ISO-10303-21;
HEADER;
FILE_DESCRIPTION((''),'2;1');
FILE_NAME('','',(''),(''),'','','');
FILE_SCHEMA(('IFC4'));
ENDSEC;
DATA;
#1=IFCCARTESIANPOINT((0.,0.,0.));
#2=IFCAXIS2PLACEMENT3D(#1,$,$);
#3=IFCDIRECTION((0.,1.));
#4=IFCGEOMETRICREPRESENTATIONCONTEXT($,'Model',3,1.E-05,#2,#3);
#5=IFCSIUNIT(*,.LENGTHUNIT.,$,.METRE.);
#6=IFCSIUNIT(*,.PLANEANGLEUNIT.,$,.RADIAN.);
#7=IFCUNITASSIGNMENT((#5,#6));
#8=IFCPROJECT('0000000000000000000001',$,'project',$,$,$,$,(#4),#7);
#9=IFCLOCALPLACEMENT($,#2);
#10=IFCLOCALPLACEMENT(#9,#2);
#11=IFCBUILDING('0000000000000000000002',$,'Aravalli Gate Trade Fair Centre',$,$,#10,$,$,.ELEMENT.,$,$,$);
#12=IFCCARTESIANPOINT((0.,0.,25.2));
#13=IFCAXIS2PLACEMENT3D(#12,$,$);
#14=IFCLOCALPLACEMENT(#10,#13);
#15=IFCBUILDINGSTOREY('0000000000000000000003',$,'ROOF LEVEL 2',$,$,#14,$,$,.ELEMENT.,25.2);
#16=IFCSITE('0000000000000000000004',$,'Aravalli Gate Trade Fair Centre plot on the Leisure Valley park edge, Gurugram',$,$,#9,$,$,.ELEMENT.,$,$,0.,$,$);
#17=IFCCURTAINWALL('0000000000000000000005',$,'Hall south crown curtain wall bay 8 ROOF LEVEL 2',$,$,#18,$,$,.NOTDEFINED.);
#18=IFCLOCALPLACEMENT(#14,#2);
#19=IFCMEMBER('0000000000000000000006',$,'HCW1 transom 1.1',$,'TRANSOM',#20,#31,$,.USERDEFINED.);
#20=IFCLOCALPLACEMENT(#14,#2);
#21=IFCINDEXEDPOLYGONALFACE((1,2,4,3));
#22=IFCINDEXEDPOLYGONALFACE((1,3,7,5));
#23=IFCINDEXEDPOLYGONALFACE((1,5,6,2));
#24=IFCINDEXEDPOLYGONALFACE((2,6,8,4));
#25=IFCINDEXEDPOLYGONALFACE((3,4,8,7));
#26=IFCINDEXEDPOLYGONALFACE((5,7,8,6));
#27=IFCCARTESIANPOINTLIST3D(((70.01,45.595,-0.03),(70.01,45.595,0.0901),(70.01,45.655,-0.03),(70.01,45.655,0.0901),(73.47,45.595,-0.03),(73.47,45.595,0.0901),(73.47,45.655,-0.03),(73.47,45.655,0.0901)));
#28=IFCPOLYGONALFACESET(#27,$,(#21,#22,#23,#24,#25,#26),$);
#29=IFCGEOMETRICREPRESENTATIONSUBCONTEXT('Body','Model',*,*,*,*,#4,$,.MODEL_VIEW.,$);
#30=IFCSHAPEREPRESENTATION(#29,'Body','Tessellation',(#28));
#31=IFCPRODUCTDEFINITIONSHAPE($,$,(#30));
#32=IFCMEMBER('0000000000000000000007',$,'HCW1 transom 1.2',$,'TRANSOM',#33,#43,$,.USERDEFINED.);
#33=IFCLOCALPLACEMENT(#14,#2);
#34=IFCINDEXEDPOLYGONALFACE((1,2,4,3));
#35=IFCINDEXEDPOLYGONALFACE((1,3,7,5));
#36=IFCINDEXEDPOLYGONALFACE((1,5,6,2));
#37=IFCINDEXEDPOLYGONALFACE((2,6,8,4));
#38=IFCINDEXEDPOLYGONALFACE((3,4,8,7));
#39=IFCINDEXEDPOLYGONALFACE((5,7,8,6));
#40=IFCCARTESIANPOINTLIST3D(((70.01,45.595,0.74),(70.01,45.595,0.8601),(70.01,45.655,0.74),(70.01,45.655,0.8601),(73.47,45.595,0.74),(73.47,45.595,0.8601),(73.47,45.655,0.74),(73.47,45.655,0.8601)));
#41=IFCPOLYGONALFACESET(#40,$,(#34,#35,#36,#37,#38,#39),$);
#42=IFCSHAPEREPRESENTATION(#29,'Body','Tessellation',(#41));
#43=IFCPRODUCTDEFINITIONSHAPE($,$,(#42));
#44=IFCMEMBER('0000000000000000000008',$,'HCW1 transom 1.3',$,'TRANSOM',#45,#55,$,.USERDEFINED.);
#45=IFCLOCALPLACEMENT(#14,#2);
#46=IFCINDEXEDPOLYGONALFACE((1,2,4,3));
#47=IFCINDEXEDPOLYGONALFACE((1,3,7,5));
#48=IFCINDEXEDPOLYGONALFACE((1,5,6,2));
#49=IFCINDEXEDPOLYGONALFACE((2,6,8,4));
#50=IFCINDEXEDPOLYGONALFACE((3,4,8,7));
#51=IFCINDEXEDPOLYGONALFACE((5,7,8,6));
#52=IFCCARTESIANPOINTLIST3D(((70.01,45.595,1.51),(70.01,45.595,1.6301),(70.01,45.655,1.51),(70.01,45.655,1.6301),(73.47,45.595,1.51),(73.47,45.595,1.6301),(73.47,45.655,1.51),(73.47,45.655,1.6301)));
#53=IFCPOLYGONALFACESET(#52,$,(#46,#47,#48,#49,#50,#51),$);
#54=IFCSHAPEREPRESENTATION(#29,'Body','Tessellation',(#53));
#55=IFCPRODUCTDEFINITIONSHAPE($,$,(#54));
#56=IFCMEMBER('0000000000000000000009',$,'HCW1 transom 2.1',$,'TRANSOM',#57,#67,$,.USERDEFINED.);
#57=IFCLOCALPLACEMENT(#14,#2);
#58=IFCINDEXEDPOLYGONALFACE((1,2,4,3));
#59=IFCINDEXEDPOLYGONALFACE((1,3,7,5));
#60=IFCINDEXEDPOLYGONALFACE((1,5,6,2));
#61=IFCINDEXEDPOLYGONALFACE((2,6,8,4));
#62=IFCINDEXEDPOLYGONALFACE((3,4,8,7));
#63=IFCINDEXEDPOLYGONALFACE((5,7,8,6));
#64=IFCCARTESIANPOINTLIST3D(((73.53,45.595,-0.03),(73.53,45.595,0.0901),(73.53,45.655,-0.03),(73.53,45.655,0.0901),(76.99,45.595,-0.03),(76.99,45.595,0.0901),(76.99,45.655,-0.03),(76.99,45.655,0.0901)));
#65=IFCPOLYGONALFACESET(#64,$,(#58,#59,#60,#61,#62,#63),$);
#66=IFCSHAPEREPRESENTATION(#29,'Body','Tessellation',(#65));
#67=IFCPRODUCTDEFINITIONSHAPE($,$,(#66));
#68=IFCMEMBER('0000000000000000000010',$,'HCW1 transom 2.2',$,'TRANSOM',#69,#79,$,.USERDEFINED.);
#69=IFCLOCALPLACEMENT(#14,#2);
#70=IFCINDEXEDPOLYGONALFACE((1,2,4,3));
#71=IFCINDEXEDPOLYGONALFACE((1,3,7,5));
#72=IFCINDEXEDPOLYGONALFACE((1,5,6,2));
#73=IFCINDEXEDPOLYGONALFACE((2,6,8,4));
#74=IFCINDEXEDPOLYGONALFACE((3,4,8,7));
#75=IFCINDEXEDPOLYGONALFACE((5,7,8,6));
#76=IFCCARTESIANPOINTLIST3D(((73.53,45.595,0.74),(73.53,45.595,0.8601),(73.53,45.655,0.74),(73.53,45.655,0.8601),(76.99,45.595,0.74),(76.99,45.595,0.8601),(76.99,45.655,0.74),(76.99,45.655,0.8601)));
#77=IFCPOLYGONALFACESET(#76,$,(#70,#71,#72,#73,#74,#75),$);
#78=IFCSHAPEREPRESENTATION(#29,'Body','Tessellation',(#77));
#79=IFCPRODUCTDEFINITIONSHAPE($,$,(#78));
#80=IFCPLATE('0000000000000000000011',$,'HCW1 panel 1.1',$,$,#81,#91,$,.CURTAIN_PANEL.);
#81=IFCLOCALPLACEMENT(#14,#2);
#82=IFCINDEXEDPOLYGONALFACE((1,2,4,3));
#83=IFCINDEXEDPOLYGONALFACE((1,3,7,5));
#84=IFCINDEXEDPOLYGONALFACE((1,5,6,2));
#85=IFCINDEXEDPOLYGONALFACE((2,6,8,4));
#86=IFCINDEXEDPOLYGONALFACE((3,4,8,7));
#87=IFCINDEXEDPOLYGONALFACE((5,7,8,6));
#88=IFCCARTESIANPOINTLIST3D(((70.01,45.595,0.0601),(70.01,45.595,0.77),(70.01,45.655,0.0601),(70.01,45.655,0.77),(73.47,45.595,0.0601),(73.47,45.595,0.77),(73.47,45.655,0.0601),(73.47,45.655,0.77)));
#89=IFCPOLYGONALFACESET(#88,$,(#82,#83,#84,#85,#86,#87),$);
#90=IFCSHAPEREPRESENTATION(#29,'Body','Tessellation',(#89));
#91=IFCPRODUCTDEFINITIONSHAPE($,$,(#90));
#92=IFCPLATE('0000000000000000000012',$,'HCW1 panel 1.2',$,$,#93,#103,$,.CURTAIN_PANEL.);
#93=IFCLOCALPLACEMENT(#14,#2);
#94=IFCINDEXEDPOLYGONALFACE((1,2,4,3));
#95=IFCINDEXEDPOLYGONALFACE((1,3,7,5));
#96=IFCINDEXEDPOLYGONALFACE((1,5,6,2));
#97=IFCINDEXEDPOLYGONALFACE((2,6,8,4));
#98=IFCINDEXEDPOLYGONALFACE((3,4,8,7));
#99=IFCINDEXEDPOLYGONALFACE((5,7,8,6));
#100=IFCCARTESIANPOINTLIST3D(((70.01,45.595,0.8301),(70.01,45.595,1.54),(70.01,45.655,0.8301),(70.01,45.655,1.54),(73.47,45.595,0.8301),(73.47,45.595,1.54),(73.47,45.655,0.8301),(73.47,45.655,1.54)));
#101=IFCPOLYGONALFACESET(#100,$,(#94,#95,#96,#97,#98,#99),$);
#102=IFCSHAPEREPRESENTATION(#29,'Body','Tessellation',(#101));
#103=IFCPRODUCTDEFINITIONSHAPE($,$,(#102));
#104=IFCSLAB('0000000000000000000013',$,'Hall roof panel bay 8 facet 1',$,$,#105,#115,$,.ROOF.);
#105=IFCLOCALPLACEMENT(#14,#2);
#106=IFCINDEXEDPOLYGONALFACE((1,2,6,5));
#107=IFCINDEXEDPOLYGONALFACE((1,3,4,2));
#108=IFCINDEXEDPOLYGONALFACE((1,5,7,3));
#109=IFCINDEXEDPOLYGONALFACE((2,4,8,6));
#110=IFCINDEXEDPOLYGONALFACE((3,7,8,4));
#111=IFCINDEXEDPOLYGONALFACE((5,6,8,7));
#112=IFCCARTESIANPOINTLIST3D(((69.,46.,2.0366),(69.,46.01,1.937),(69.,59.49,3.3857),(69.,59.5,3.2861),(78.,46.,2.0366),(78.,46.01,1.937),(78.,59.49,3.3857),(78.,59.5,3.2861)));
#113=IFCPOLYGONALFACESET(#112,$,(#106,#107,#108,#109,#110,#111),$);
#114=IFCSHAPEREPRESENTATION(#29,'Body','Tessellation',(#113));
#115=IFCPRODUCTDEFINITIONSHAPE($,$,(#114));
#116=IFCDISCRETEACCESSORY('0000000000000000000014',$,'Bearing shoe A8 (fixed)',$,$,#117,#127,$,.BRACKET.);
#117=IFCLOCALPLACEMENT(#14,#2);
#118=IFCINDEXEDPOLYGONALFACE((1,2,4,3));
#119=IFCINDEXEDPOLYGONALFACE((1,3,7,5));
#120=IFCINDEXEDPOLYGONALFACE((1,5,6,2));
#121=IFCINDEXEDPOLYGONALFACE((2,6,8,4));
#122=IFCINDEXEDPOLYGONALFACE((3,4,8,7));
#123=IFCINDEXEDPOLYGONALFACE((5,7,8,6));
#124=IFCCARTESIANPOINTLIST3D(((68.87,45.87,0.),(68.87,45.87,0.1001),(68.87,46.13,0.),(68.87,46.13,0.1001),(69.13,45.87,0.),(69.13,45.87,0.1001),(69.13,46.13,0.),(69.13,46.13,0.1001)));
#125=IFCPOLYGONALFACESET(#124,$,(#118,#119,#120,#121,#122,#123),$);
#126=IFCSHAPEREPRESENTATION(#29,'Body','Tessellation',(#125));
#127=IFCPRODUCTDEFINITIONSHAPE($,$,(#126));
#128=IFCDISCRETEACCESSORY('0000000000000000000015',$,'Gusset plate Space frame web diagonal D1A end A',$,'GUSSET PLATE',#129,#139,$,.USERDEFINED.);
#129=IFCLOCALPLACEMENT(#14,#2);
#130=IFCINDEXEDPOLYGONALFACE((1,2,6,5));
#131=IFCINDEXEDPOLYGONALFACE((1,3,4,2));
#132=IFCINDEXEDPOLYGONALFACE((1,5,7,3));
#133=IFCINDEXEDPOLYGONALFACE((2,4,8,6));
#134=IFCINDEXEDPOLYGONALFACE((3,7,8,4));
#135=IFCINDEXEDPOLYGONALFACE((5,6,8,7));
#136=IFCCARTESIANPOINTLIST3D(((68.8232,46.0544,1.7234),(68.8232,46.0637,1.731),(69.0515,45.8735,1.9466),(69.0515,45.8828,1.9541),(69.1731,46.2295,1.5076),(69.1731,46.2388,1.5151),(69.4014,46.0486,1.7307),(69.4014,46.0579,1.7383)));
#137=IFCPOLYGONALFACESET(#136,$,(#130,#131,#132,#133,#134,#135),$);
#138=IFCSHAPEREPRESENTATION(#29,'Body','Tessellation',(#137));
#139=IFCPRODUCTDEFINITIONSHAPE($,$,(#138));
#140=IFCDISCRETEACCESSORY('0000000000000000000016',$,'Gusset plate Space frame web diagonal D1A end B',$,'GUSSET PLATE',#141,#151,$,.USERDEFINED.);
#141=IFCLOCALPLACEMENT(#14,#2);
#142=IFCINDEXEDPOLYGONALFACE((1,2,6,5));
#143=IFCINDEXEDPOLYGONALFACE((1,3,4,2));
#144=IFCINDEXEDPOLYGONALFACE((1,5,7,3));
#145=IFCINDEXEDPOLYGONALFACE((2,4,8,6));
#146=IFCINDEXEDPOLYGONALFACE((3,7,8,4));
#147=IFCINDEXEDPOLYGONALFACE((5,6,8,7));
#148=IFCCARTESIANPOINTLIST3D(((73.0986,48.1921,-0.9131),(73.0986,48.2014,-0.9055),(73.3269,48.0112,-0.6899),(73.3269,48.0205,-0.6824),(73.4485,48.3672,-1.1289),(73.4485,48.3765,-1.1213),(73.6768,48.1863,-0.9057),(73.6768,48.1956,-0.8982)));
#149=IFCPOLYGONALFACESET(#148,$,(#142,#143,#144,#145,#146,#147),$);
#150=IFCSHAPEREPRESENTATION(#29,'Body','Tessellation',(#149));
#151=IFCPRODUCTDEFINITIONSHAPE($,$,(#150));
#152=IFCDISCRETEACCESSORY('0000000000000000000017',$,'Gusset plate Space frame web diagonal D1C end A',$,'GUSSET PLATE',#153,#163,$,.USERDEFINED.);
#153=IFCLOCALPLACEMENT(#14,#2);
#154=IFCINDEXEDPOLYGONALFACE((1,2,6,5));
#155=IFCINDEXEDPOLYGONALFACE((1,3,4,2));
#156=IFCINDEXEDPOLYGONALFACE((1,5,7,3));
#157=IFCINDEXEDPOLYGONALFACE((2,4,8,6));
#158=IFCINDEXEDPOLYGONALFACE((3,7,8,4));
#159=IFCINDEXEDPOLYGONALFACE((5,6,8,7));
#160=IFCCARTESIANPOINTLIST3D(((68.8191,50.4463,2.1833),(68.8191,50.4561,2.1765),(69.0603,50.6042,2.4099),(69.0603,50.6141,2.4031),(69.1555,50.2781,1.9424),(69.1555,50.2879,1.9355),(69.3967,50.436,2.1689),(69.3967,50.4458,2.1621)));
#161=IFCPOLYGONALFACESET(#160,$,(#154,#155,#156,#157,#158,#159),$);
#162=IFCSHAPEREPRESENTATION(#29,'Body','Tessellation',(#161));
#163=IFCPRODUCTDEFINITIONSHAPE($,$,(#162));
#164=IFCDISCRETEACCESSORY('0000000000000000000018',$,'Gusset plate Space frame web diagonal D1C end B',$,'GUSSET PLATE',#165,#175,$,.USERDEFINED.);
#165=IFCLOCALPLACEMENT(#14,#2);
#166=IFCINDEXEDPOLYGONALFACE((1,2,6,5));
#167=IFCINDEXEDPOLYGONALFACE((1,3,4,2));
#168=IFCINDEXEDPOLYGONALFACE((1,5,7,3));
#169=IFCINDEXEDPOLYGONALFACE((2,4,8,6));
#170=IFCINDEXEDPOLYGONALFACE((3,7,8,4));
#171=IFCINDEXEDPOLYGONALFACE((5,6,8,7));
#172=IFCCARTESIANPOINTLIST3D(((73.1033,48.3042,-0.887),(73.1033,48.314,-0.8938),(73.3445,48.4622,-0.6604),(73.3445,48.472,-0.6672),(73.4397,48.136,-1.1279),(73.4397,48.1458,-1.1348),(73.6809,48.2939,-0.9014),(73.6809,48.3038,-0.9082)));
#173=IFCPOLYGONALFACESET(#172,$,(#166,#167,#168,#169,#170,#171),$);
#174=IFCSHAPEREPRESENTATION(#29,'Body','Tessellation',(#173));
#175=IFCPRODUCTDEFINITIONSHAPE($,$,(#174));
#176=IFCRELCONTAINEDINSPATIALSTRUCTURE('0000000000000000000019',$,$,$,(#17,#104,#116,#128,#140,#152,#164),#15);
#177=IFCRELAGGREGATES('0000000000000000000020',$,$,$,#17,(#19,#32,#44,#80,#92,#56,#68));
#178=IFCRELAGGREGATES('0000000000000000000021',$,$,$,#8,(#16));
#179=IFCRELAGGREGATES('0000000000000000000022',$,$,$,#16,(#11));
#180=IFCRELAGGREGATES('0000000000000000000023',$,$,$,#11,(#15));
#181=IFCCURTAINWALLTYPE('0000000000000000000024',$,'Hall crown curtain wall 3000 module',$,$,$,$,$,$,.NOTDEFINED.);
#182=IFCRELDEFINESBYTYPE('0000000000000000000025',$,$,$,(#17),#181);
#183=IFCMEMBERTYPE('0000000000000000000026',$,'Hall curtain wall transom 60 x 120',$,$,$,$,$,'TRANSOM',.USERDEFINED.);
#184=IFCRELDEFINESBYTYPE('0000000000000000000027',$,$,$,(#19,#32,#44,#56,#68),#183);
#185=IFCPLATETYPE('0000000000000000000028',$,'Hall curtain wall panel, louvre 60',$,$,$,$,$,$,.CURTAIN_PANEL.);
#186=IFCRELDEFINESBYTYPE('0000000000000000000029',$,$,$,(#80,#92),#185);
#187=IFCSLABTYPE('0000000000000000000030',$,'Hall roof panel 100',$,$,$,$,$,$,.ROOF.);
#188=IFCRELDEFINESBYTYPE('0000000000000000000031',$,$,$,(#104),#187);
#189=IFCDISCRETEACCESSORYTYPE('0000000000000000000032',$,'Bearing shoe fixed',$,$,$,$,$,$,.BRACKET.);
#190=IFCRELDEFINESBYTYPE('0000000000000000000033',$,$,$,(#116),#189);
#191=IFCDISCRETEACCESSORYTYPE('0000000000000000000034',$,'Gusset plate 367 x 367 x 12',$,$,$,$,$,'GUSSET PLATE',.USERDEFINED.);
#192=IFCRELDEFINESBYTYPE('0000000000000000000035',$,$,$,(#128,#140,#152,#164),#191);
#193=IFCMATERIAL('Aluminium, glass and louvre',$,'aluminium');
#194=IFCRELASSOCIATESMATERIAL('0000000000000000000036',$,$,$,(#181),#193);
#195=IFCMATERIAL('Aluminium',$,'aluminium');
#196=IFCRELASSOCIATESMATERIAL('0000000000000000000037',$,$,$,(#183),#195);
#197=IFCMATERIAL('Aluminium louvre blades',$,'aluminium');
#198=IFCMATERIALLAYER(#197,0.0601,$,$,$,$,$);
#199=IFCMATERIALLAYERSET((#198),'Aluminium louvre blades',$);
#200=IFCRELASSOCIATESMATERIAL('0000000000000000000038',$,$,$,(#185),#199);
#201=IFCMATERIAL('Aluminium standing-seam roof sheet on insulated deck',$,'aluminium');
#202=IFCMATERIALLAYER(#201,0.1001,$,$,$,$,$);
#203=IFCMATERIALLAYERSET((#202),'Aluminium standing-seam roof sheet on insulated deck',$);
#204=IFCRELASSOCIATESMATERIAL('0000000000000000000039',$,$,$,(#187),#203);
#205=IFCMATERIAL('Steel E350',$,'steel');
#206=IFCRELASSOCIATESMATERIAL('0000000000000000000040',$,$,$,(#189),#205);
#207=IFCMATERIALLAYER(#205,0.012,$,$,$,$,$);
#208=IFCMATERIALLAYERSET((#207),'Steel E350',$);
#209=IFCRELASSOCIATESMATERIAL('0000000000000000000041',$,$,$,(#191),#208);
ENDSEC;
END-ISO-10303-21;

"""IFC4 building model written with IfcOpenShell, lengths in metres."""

from ifc_helpers import new_model, si_unit, direction, frame, origin, origin_2d, place, context, subcontext, project, spatial, polyline, rectangle, outline, extrude, material, layer, layer_set, material_profile, profile_set, type_object, element, aggregate, save


model = new_model("IFC4")

# Units and contexts
model_context = context("Model", 3, precision=1e-05, world=origin(), true_north=direction((0.0, 1.0)))
body_context = subcontext(model_context, "Body", "Model", "MODEL_VIEW")
ifc_project = project(units=[si_unit("LENGTHUNIT", "METRE"), si_unit("PLANEANGLEUNIT", "RADIAN")], contexts=[model_context])

# Site, building, storey
site_placement = place(None, origin())
site = spatial("IfcSite", under=ifc_project, at=site_placement, Name="Aravalli Gate Trade Fair Centre plot on the Leisure Valley park edge, Gurugram", CompositionType="ELEMENT", RefElevation=0.0)
building_placement = place(site_placement, origin())
building = spatial("IfcBuilding", under=site, at=building_placement, Name="Aravalli Gate Trade Fair Centre", CompositionType="ELEMENT")
storey_placement = place(building_placement, frame((0.0, 0.0, 25.2)))
storey = spatial("IfcBuildingStorey", under=building, at=storey_placement, Name="ROOF LEVEL 2", CompositionType="ELEMENT", Elevation=25.2)

# Shared definitions
ifc_material_1 = material(Name="Steel E350", Category="steel")

# Curtain wall, members, plates
ifc_material_2 = material(Name="Aluminium, glass and louvre", Category="aluminium")
curtain_wall_type = type_object("IfcCurtainWallType", Name="Hall crown curtain wall 3000 module", PredefinedType="NOTDEFINED", material=ifc_material_2)
curtain_wall_placement = place(storey_placement, origin())
curtain_wall = element("IfcCurtainWall", 1, at=curtain_wall_placement, inside=storey, type_object=curtain_wall_type, Name="Hall south crown curtain wall bay 8 ROOF LEVEL 2", PredefinedType="NOTDEFINED")
ifc_material_3 = material(Name="Aluminium", Category="aluminium")
ifc_material_profile_1 = material_profile(ifc_material_3, rectangle(XDim=0.0601, YDim=0.1201, at=origin_2d()), Name="Hall curtain wall transom 60 x 120")
ifc_profile_set_1 = profile_set([ifc_material_profile_1], Name="Aluminium")
member_type_1 = type_object("IfcMemberType", Name="Hall curtain wall transom 60 x 120", ElementType="TRANSOM", PredefinedType="USERDEFINED", material=ifc_profile_set_1)
member_1_placement = place(storey_placement, frame((70.01, 45.625, 0.03), z_axis=(1.0, 0.0, 0.0), x_axis=(0.0, 1.0, 0.0)))
member_1 = element("IfcMember", 2, at=member_1_placement, type_object=member_type_1, Name="HCW1 transom 1.1", ObjectType="TRANSOM", PredefinedType="USERDEFINED", context=body_context, shape_type="SweptSolid", body=[
    extrude(rectangle(XDim=0.0601, YDim=0.1201, at=origin_2d()), origin(), (0.0, 0.0, 1.0), 3.46),
])
member_2_placement = place(storey_placement, frame((70.01, 45.625, 0.8), z_axis=(1.0, 0.0, 0.0), x_axis=(0.0, 1.0, 0.0)))
member_2 = element("IfcMember", 3, at=member_2_placement, type_object=member_type_1, Name="HCW1 transom 1.2", ObjectType="TRANSOM", PredefinedType="USERDEFINED", context=body_context, shape_type="SweptSolid", body=[
    extrude(rectangle(XDim=0.0601, YDim=0.1201, at=origin_2d()), origin(), (0.0, 0.0, 1.0), 3.46),
])
member_3_placement = place(storey_placement, frame((70.01, 45.625, 1.5701), z_axis=(1.0, 0.0, 0.0), x_axis=(0.0, 1.0, 0.0)))
member_3 = element("IfcMember", 4, at=member_3_placement, type_object=member_type_1, Name="HCW1 transom 1.3", ObjectType="TRANSOM", PredefinedType="USERDEFINED", context=body_context, shape_type="SweptSolid", body=[
    extrude(rectangle(XDim=0.0601, YDim=0.1201, at=origin_2d()), origin(), (0.0, 0.0, 1.0), 3.46),
])
member_4_placement = place(storey_placement, frame((73.53, 45.625, 0.03), z_axis=(1.0, 0.0, 0.0), x_axis=(0.0, 1.0, 0.0)))
member_4 = element("IfcMember", 5, at=member_4_placement, type_object=member_type_1, Name="HCW1 transom 2.1", ObjectType="TRANSOM", PredefinedType="USERDEFINED", context=body_context, shape_type="SweptSolid", body=[
    extrude(rectangle(XDim=0.0601, YDim=0.1201, at=origin_2d()), origin(), (0.0, 0.0, 1.0), 3.46),
])
member_5_placement = place(storey_placement, frame((73.53, 45.625, 0.8), z_axis=(1.0, 0.0, 0.0), x_axis=(0.0, 1.0, 0.0)))
member_5 = element("IfcMember", 6, at=member_5_placement, type_object=member_type_1, Name="HCW1 transom 2.2", ObjectType="TRANSOM", PredefinedType="USERDEFINED", context=body_context, shape_type="SweptSolid", body=[
    extrude(rectangle(XDim=0.0601, YDim=0.1201, at=origin_2d()), origin(), (0.0, 0.0, 1.0), 3.46),
])
ifc_material_4 = material(Name="Aluminium louvre blades", Category="aluminium")
ifc_layer_1 = layer(ifc_material_4, 0.0601)
ifc_layer_set_1 = layer_set([ifc_layer_1], Name="Aluminium louvre blades")
plate_type = type_object("IfcPlateType", Name="Hall curtain wall panel, louvre 60", PredefinedType="CURTAIN_PANEL", material=ifc_layer_set_1)
plate_1_placement = place(storey_placement, frame((71.74, 45.625, 0.0601), z_axis=(0.0, 0.0, 1.0), x_axis=(1.0, 0.0, 0.0)))
plate_1 = element("IfcPlate", 7, at=plate_1_placement, type_object=plate_type, Name="HCW1 panel 1.1", PredefinedType="CURTAIN_PANEL", context=body_context, shape_type="SweptSolid", body=[
    extrude(rectangle(XDim=3.46, YDim=0.0601, at=origin_2d()), origin(), (0.0, 0.0, 1.0), 0.71),
])
plate_2_placement = place(storey_placement, frame((71.74, 45.625, 0.8301), z_axis=(0.0, 0.0, 1.0), x_axis=(1.0, 0.0, 0.0)))
plate_2 = element("IfcPlate", 8, at=plate_2_placement, type_object=plate_type, Name="HCW1 panel 1.2", PredefinedType="CURTAIN_PANEL", context=body_context, shape_type="SweptSolid", body=[
    extrude(rectangle(XDim=3.46, YDim=0.0601, at=origin_2d()), origin(), (0.0, 0.0, 1.0), 0.71),
])
aggregate(curtain_wall, [member_1, member_2, member_3, plate_1, plate_2, member_4, member_5])

# Slab
ifc_material_5 = material(Name="Aluminium standing-seam roof sheet on insulated deck", Category="aluminium")
ifc_layer_2 = layer(ifc_material_5, 0.1001)
ifc_layer_set_2 = layer_set([ifc_layer_2], Name="Aluminium standing-seam roof sheet on insulated deck")
slab_type = type_object("IfcSlabType", Name="Hall roof panel 100", PredefinedType="ROOF", material=ifc_layer_set_2)
slab_placement = place(storey_placement, frame((69.0, 46.0, 2.0366), z_axis=(0.0, -0.099513, 0.995036), x_axis=(1.0, 0.0, 0.0)))
element("IfcSlab", 9, at=slab_placement, inside=storey, type_object=slab_type, Name="Hall roof panel bay 8 facet 1", PredefinedType="ROOF", context=body_context, shape_type="SweptSolid", body=[
    extrude(outline(polyline([(0.0, 0.0), (9.0, 0.0), (9.0, 13.5573), (0.0, 13.5573), (0.0, 0.0)])), origin(), (0.0, 0.0, -1.0), 0.1001),
])

# Discrete accessories
discrete_accessory_type_1 = type_object("IfcDiscreteAccessoryType", Name="Bearing shoe fixed", PredefinedType="BRACKET", material=ifc_material_1)
discrete_accessory_1_placement = place(storey_placement, frame((69.0, 46.0, 0.0), z_axis=(0.0, 0.0, 1.0), x_axis=(1.0, 0.0, 0.0)))
element("IfcDiscreteAccessory", 10, at=discrete_accessory_1_placement, inside=storey, type_object=discrete_accessory_type_1, Name="Bearing shoe A8 (fixed)", PredefinedType="BRACKET", context=body_context, shape_type="SweptSolid", body=[
    extrude(rectangle(XDim=0.26, YDim=0.26, at=origin_2d()), origin(), (0.0, 0.0, 1.0), 0.1001),
])
ifc_layer_3 = layer(ifc_material_1, 0.012)
ifc_layer_set_3 = layer_set([ifc_layer_3], Name="Steel E350")
discrete_accessory_type_2 = type_object("IfcDiscreteAccessoryType", Name="Gusset plate 367 x 367 x 12", ElementType="GUSSET PLATE", PredefinedType="USERDEFINED", material=ifc_layer_set_3)
discrete_accessory_2_placement = place(storey_placement, frame((69.1731, 46.2388, 1.5151), z_axis=(-0.000107, 0.776736, 0.629826), x_axis=(-0.783044, -0.391795, 0.48305)))
element("IfcDiscreteAccessory", 11, at=discrete_accessory_2_placement, inside=storey, type_object=discrete_accessory_type_2, Name="Gusset plate Space frame web diagonal D1A end A", ObjectType="GUSSET PLATE", PredefinedType="USERDEFINED", context=body_context, shape_type="SweptSolid", body=[
    extrude(outline(polyline([(0.0, 0.0), (0.4468, 0.0), (0.4467, 0.3669), (-0.0001, 0.3669), (0.0, 0.0)])), origin(), (0.0, 0.0, -1.0), 0.012),
])
discrete_accessory_3_placement = place(storey_placement, frame((73.0986, 48.2014, -0.9055), z_axis=(-0.000107, 0.776736, 0.629826), x_axis=(0.783044, 0.391795, -0.48305)))
element("IfcDiscreteAccessory", 12, at=discrete_accessory_3_placement, inside=storey, type_object=discrete_accessory_type_2, Name="Gusset plate Space frame web diagonal D1A end B", ObjectType="GUSSET PLATE", PredefinedType="USERDEFINED", context=body_context, shape_type="SweptSolid", body=[
    extrude(outline(polyline([(0.0, 0.0), (0.4468, 0.0), (0.4469, -0.3669), (0.0001, -0.3669), (0.0, 0.0)])), origin(), (0.0, 0.0, -1.0), 0.012),
])
discrete_accessory_4_placement = place(storey_placement, frame((69.1555, 50.2781, 1.9424), z_axis=(-0.000292, -0.820164, 0.572128), x_axis=(-0.753132, 0.376566, 0.539435)))
element("IfcDiscreteAccessory", 13, at=discrete_accessory_4_placement, inside=storey, type_object=discrete_accessory_type_2, Name="Gusset plate Space frame web diagonal D1C end A", ObjectType="GUSSET PLATE", PredefinedType="USERDEFINED", context=body_context, shape_type="SweptSolid", body=[
    extrude(outline(polyline([(0.0, 0.0), (0.4467, 0.0), (0.4467, -0.3667), (0.0, -0.3667), (0.0, 0.0)])), origin(), (0.0, 0.0, -1.0), 0.012),
])
discrete_accessory_5_placement = place(storey_placement, frame((73.1033, 48.3042, -0.887), z_axis=(-0.000292, -0.820164, 0.572128), x_axis=(0.753132, -0.376566, -0.539435)))
element("IfcDiscreteAccessory", 14, at=discrete_accessory_5_placement, inside=storey, type_object=discrete_accessory_type_2, Name="Gusset plate Space frame web diagonal D1C end B", ObjectType="GUSSET PLATE", PredefinedType="USERDEFINED", context=body_context, shape_type="SweptSolid", body=[
    extrude(outline(polyline([(0.0, 0.0), (0.4467, 0.0), (0.4467, 0.3667), (0.0, 0.3667), (0.0, 0.0)])), origin(), (0.0, 0.0, -1.0), 0.012),
])

save(model, "model.ifc")
